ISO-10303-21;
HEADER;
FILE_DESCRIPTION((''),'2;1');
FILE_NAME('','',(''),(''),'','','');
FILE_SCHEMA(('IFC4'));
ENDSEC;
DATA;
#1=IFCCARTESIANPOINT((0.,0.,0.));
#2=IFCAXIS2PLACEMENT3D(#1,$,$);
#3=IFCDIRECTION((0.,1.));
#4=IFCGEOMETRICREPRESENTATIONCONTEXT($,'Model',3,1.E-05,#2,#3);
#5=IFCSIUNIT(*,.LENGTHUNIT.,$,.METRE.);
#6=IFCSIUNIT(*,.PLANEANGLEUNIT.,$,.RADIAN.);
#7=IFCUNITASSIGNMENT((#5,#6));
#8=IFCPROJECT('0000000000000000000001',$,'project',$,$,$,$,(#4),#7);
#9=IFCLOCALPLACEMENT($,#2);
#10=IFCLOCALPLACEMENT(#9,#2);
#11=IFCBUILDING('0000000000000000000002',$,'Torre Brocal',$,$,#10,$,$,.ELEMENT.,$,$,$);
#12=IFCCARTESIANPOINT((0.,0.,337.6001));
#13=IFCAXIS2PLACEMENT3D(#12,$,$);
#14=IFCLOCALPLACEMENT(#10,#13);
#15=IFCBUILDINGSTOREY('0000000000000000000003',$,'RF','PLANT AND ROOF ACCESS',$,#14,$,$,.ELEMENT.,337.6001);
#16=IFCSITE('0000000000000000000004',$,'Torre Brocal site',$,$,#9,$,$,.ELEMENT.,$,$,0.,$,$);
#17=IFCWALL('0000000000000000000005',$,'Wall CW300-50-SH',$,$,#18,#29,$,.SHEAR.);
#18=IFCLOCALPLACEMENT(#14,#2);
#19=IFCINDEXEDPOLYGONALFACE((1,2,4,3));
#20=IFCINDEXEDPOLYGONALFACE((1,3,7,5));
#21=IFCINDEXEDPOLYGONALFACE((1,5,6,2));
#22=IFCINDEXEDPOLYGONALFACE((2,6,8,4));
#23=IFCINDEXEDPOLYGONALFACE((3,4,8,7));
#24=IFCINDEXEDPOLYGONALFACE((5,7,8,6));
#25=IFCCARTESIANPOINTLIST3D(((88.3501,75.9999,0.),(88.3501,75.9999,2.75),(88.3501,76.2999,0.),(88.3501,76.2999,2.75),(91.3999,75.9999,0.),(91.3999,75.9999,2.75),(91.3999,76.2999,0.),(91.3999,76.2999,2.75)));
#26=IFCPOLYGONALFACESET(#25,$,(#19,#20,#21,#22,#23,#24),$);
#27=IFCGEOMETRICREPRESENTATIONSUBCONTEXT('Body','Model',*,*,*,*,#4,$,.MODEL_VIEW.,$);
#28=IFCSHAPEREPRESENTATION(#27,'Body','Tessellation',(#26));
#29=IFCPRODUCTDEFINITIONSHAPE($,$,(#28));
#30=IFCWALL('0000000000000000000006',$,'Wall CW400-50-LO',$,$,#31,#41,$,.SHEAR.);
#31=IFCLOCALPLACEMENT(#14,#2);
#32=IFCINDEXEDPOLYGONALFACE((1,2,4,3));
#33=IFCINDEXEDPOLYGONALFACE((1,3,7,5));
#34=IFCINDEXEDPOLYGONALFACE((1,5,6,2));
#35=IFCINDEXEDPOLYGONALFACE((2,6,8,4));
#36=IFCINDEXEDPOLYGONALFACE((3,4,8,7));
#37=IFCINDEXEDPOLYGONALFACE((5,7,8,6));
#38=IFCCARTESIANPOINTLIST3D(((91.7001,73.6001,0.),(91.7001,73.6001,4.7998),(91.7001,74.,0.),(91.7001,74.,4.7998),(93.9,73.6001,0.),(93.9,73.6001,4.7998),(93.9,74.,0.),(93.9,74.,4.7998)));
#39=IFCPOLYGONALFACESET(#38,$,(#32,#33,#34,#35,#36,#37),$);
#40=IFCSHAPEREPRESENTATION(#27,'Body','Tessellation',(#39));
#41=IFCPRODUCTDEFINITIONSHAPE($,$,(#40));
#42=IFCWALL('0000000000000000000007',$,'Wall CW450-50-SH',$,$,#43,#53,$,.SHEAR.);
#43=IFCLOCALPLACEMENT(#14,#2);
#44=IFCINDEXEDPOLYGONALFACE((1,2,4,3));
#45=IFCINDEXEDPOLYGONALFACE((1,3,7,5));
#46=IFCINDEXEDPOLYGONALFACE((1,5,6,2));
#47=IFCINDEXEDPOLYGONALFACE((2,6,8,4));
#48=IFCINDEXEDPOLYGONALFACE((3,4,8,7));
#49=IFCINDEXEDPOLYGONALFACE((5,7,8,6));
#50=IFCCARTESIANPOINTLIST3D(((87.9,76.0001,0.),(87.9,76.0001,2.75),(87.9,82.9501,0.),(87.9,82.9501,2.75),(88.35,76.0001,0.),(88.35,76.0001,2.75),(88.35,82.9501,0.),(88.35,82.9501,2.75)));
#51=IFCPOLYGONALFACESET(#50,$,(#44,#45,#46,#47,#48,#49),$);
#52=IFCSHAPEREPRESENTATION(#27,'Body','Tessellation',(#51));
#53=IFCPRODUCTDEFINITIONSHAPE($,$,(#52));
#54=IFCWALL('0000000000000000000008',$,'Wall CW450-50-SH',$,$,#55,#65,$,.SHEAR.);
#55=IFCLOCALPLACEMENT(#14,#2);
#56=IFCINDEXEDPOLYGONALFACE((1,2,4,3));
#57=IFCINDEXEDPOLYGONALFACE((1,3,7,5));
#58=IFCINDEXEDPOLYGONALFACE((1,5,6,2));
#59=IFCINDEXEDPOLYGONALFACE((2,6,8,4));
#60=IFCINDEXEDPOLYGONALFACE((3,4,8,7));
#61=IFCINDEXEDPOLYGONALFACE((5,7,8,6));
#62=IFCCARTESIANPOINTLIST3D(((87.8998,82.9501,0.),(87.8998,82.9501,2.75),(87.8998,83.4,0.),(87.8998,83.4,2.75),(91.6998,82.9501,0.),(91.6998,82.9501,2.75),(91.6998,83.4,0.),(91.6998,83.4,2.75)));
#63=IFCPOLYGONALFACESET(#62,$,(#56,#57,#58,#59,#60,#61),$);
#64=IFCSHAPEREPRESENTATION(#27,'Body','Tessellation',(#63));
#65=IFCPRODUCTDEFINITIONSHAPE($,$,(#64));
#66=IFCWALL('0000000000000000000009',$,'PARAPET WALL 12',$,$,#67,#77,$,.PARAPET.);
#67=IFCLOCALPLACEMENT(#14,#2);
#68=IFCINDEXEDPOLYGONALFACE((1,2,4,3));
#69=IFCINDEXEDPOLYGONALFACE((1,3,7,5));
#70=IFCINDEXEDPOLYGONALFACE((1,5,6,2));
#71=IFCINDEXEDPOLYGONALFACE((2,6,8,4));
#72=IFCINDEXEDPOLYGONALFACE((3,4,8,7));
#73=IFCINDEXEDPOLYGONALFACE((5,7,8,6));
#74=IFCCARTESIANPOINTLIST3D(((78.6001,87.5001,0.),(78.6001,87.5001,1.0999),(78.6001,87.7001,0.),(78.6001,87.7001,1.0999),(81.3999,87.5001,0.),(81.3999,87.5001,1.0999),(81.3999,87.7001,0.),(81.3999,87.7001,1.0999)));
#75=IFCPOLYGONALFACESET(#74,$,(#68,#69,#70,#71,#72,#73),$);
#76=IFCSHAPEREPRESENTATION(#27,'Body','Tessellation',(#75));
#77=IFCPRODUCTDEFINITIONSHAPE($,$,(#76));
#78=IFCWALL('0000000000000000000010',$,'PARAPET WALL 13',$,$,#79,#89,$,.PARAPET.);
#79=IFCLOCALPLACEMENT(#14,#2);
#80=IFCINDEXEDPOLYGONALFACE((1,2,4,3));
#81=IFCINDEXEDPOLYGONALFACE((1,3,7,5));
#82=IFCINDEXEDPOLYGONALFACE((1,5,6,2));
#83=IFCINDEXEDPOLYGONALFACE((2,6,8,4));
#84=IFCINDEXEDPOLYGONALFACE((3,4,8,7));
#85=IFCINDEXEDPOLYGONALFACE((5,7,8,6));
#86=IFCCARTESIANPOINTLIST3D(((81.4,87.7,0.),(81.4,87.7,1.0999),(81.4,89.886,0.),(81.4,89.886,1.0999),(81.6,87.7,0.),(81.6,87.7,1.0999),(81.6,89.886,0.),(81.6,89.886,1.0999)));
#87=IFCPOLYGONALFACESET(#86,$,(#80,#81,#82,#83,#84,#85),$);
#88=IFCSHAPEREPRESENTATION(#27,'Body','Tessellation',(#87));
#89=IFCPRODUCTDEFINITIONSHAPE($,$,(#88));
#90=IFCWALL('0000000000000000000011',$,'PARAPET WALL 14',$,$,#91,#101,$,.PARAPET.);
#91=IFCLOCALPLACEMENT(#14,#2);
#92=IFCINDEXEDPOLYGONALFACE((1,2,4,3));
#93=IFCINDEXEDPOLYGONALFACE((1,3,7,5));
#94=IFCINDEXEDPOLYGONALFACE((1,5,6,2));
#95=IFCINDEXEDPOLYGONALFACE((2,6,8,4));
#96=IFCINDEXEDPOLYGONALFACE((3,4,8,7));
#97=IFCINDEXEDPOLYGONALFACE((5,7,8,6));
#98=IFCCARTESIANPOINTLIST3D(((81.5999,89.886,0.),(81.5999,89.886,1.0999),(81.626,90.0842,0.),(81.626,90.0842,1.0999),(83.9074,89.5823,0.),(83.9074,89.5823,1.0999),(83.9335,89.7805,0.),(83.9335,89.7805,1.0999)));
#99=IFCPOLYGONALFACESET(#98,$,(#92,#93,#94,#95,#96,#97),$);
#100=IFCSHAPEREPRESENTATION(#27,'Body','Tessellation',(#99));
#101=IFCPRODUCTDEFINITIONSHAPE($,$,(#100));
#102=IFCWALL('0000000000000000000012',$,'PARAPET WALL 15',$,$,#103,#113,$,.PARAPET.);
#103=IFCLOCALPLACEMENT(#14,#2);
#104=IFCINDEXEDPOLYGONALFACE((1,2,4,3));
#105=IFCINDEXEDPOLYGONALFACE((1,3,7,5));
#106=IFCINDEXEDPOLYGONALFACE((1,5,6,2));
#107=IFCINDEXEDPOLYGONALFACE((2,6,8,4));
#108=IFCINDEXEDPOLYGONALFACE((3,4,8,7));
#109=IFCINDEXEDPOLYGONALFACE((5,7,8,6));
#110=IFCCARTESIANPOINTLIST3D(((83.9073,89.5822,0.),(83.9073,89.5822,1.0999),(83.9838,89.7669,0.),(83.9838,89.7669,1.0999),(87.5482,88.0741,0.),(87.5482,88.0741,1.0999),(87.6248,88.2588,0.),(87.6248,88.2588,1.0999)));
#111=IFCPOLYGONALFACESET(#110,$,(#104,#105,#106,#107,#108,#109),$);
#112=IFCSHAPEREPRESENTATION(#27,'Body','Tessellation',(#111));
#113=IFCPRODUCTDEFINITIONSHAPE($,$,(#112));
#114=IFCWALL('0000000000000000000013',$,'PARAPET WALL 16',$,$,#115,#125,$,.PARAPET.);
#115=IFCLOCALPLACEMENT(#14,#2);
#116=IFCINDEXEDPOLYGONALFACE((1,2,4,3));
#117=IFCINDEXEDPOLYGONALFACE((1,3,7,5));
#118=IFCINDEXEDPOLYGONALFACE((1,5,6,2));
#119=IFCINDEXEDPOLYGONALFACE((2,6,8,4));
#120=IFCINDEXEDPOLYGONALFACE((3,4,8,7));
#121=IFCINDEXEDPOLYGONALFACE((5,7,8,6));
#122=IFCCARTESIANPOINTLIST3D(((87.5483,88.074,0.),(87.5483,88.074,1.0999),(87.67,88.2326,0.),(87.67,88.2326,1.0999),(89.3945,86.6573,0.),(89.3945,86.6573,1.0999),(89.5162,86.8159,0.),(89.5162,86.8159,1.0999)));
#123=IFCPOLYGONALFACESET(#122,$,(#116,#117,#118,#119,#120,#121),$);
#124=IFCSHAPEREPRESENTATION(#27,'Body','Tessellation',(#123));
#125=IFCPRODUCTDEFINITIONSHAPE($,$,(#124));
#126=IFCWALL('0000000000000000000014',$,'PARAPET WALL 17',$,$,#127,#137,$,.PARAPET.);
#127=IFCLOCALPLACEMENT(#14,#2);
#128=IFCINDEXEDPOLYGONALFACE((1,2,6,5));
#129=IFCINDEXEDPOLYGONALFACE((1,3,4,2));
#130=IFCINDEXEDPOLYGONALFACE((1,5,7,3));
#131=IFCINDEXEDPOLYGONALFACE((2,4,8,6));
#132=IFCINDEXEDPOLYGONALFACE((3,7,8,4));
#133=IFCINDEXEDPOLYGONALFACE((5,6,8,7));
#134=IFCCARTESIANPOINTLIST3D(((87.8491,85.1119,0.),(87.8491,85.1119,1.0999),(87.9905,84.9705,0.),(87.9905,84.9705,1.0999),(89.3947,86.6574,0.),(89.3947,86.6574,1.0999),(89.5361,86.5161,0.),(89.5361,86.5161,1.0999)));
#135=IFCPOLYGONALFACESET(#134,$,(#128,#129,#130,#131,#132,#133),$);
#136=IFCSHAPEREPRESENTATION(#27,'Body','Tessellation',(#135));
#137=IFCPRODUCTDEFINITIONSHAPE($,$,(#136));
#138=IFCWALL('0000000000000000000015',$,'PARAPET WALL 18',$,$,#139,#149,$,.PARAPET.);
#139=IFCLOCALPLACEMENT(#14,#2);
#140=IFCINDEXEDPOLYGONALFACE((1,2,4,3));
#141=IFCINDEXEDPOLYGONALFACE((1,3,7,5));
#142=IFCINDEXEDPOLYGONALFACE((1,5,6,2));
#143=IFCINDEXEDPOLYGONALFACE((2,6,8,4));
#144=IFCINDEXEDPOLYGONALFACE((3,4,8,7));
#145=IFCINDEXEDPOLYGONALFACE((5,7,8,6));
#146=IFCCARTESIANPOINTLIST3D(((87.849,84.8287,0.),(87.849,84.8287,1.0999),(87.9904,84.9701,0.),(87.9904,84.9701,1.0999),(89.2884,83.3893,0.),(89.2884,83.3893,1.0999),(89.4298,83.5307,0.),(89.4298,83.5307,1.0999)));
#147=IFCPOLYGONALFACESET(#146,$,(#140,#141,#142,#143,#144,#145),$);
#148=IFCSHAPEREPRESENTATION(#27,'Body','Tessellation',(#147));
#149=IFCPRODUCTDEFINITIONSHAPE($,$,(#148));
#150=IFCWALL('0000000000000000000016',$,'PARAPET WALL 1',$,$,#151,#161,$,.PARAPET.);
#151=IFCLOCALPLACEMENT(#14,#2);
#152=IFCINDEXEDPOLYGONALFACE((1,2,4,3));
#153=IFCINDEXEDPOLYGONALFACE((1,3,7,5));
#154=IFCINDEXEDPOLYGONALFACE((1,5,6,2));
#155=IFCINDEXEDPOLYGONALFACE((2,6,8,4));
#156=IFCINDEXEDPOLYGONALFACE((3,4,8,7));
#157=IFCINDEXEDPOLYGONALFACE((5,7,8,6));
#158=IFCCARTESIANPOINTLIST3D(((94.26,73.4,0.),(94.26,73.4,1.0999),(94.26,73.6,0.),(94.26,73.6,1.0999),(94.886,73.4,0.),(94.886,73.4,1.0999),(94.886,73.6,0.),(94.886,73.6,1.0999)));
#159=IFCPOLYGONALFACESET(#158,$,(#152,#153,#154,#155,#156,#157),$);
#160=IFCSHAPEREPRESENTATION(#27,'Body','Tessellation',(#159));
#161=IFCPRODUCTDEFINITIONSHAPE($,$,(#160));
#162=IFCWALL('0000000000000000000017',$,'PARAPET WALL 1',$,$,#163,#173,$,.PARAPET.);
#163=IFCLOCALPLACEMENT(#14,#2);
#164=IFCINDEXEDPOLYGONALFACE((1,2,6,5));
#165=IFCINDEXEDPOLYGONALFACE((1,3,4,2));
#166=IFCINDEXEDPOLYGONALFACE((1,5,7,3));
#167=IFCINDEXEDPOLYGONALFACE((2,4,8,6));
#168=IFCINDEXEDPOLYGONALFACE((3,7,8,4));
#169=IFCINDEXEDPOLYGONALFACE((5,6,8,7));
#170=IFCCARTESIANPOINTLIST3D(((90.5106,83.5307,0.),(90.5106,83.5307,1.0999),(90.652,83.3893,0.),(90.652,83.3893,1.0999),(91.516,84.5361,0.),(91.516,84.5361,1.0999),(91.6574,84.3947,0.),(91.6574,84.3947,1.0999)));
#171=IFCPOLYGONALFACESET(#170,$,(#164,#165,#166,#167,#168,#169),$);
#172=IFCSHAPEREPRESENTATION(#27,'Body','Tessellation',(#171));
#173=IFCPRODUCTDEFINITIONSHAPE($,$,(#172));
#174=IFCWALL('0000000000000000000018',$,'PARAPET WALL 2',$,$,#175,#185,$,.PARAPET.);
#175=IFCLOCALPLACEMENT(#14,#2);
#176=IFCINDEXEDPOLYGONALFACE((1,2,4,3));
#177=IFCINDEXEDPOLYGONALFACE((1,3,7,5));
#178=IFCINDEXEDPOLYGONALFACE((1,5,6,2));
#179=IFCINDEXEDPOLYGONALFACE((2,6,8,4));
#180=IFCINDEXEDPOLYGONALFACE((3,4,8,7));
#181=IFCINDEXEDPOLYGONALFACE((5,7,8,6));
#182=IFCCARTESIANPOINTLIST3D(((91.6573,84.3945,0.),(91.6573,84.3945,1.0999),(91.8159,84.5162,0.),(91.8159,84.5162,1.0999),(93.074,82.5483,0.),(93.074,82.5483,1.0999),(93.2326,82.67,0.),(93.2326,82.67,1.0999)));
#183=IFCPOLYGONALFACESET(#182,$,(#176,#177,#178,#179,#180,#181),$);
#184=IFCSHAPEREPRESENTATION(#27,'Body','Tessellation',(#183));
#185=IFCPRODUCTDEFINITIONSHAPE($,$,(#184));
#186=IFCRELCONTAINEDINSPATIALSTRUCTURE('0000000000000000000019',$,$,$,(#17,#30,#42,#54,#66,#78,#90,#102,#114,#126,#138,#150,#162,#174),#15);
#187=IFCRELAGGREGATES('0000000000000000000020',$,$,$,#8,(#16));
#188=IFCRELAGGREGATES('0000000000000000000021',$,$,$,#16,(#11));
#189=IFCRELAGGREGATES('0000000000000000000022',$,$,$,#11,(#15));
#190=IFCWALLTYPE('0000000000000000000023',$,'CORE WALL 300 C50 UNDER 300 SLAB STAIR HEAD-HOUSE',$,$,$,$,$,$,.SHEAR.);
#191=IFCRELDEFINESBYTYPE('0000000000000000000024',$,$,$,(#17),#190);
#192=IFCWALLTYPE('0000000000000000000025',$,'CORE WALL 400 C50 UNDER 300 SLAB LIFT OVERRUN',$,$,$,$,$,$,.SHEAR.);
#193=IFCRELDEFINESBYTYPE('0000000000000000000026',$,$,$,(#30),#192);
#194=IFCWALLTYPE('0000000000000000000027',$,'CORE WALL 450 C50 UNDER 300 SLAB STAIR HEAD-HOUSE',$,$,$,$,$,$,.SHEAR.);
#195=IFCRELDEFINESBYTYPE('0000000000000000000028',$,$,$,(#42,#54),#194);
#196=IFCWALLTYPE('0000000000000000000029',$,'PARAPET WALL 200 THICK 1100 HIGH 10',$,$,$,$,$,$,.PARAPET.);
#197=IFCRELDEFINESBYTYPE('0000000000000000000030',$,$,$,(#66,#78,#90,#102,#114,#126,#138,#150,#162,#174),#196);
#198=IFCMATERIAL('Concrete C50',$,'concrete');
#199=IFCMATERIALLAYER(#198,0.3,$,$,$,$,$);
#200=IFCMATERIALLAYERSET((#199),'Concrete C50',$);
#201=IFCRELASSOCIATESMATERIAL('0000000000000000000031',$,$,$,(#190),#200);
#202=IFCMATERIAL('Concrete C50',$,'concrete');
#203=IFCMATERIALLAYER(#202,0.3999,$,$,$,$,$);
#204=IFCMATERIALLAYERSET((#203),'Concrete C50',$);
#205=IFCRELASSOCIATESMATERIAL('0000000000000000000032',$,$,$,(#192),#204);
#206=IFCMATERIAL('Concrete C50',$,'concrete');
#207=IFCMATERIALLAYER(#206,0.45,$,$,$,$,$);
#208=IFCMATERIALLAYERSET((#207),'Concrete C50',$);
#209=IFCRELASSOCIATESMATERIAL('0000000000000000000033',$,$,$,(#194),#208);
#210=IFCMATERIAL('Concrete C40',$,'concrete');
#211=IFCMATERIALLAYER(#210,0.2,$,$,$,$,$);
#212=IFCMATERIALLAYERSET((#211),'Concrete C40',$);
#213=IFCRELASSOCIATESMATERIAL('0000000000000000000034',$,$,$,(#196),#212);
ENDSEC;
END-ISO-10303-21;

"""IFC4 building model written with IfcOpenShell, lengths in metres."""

from ifc_helpers import new_model, si_unit, direction, frame, frame_2d, origin, place, context, subcontext, project, spatial, rectangle, extrude, material, layer, layer_set, type_object, element, save


model = new_model("IFC4")

# Units and contexts
model_context = context("Model", 3, precision=1e-05, world=origin(), true_north=direction((0.0, 1.0)))
body_context = subcontext(model_context, "Body", "Model", "MODEL_VIEW")
ifc_project = project(units=[si_unit("LENGTHUNIT", "METRE"), si_unit("PLANEANGLEUNIT", "RADIAN")], contexts=[model_context])

# Site, building, storey
site_placement = place(None, origin())
site = spatial("IfcSite", under=ifc_project, at=site_placement, Name="Torre Brocal site", CompositionType="ELEMENT", RefElevation=0.0)
building_placement = place(site_placement, origin())
building = spatial("IfcBuilding", under=site, at=building_placement, Name="Torre Brocal", CompositionType="ELEMENT")
storey_placement = place(building_placement, frame((0.0, 0.0, 337.6001)))
storey = spatial("IfcBuildingStorey", under=building, at=storey_placement, Name="RF", Description="PLANT AND ROOF ACCESS", CompositionType="ELEMENT", Elevation=337.6001)

# Shared definitions
ifc_material_1 = material(Name="Concrete C50", Category="concrete")
ifc_layer_1 = layer(ifc_material_1, 0.3)
ifc_layer_set_1 = layer_set([ifc_layer_1], Name="Concrete C50")
wall_type_1 = type_object("IfcWallType", Name="CORE WALL 300 C50 UNDER 300 SLAB STAIR HEAD-HOUSE", PredefinedType="SHEAR", material=ifc_layer_set_1)

# Walls
wall_1_placement = place(storey_placement, frame((88.3501, 76.1499, 0.0), z_axis=(0.0, 0.0, 1.0), x_axis=(1.0, 0.0, 0.0)))
element("IfcWall", 1, at=wall_1_placement, inside=storey, type_object=wall_type_1, Name="Wall CW300-50-SH", PredefinedType="SHEAR", context=body_context, shape_type="SweptSolid", body=[
    extrude(rectangle(XDim=3.0498, YDim=0.3, at=frame_2d((1.5249, 0.0))), origin(), (0.0, 0.0, 1.0), 2.75),
])
ifc_material_2 = material(Name="Concrete C50", Category="concrete")
ifc_layer_2 = layer(ifc_material_2, 0.3999)
ifc_layer_set_2 = layer_set([ifc_layer_2], Name="Concrete C50")
wall_type_2 = type_object("IfcWallType", Name="CORE WALL 400 C50 UNDER 300 SLAB LIFT OVERRUN", PredefinedType="SHEAR", material=ifc_layer_set_2)
wall_2_placement = place(storey_placement, frame((91.7, 73.8, 0.0), z_axis=(0.0, 0.0, 1.0), x_axis=(1.0, 0.0, 0.0)))
element("IfcWall", 2, at=wall_2_placement, inside=storey, type_object=wall_type_2, Name="Wall CW400-50-LO", PredefinedType="SHEAR", context=body_context, shape_type="SweptSolid", body=[
    extrude(rectangle(XDim=2.2, YDim=0.3999, at=frame_2d((1.1001, 0.0))), origin(), (0.0, 0.0, 1.0), 4.7998),
])
ifc_material_3 = material(Name="Concrete C50", Category="concrete")
ifc_layer_3 = layer(ifc_material_3, 0.45)
ifc_layer_set_3 = layer_set([ifc_layer_3], Name="Concrete C50")
wall_type_3 = type_object("IfcWallType", Name="CORE WALL 450 C50 UNDER 300 SLAB STAIR HEAD-HOUSE", PredefinedType="SHEAR", material=ifc_layer_set_3)
wall_3_placement = place(storey_placement, frame((88.125, 76.0, 0.0), z_axis=(0.0, 0.0, 1.0), x_axis=(0.0, 1.0, 0.0)))
element("IfcWall", 3, at=wall_3_placement, inside=storey, type_object=wall_type_3, Name="Wall CW450-50-SH", PredefinedType="SHEAR", context=body_context, shape_type="SweptSolid", body=[
    extrude(rectangle(XDim=6.95, YDim=0.45, at=frame_2d((3.4751, 0.0))), origin(), (0.0, 0.0, 1.0), 2.75),
])
wall_4_placement = place(storey_placement, frame((87.8999, 83.175, 0.0), z_axis=(0.0, 0.0, 1.0), x_axis=(1.0, 0.0, 0.0)))
element("IfcWall", 4, at=wall_4_placement, inside=storey, type_object=wall_type_3, Name="Wall CW450-50-SH", PredefinedType="SHEAR", context=body_context, shape_type="SweptSolid", body=[
    extrude(rectangle(XDim=3.8, YDim=0.45, at=frame_2d((1.8999, 0.0))), origin(), (0.0, 0.0, 1.0), 2.75),
])
ifc_material_4 = material(Name="Concrete C40", Category="concrete")
ifc_layer_4 = layer(ifc_material_4, 0.2)
ifc_layer_set_4 = layer_set([ifc_layer_4], Name="Concrete C40")
wall_type_4 = type_object("IfcWallType", Name="PARAPET WALL 200 THICK 1100 HIGH 10", PredefinedType="PARAPET", material=ifc_layer_set_4)
wall_5_placement = place(storey_placement, frame((78.6001, 87.6001, 0.0), z_axis=(0.0, 0.0, 1.0), x_axis=(1.0, 0.0, 0.0)))
element("IfcWall", 5, at=wall_5_placement, inside=storey, type_object=wall_type_4, Name="PARAPET WALL 12", PredefinedType="PARAPET", context=body_context, shape_type="SweptSolid", body=[
    extrude(rectangle(XDim=2.7998, YDim=0.2, at=frame_2d((1.3999, 0.0))), origin(), (0.0, 0.0, 1.0), 1.0999),
])
wall_6_placement = place(storey_placement, frame((81.5, 87.7, 0.0), z_axis=(0.0, 0.0, 1.0), x_axis=(0.0, 1.0, 0.0)))
element("IfcWall", 6, at=wall_6_placement, inside=storey, type_object=wall_type_4, Name="PARAPET WALL 13", PredefinedType="PARAPET", context=body_context, shape_type="SweptSolid", body=[
    extrude(rectangle(XDim=2.186, YDim=0.2, at=frame_2d((1.093, 0.0))), origin(), (0.0, 0.0, 1.0), 1.0999),
])
wall_7_placement = place(storey_placement, frame((81.613, 89.9851, 0.0), z_axis=(0.0, 0.0, 1.0), x_axis=(0.991448, -0.130501, 0.0)))
element("IfcWall", 7, at=wall_7_placement, inside=storey, type_object=wall_type_4, Name="PARAPET WALL 14", PredefinedType="PARAPET", context=body_context, shape_type="SweptSolid", body=[
    extrude(rectangle(XDim=2.3274, YDim=0.2, at=frame_2d((1.1636, 0.0))), origin(), (0.0, 0.0, 1.0), 1.0999),
])
wall_8_placement = place(storey_placement, frame((83.9456, 89.6746, 0.0), z_axis=(0.0, 0.0, 1.0), x_axis=(0.923883, -0.382675, 0.0)))
element("IfcWall", 8, at=wall_8_placement, inside=storey, type_object=wall_type_4, Name="PARAPET WALL 15", PredefinedType="PARAPET", context=body_context, shape_type="SweptSolid", body=[
    extrude(rectangle(XDim=3.9409, YDim=0.2, at=frame_2d((1.9705, 0.0))), origin(), (0.0, 0.0, 1.0), 1.0999),
])
wall_9_placement = place(storey_placement, frame((87.6091, 88.1533, 0.0), z_axis=(0.0, 0.0, 1.0), x_axis=(0.793329, -0.608793, 0.0)))
element("IfcWall", 9, at=wall_9_placement, inside=storey, type_object=wall_type_4, Name="PARAPET WALL 16", PredefinedType="PARAPET", context=body_context, shape_type="SweptSolid", body=[
    extrude(rectangle(XDim=2.3271, YDim=0.2, at=frame_2d((1.1636, 0.0))), origin(), (0.0, 0.0, 1.0), 1.0999),
])
wall_10_placement = place(storey_placement, frame((89.4653, 86.5867, 0.0), z_axis=(0.0, 0.0, 1.0), x_axis=(-0.707107, -0.707107, 0.0)))
element("IfcWall", 10, at=wall_10_placement, inside=storey, type_object=wall_type_4, Name="PARAPET WALL 17", PredefinedType="PARAPET", context=body_context, shape_type="SweptSolid", body=[
    extrude(rectangle(XDim=2.1858, YDim=0.2, at=frame_2d((1.0928, 0.0))), origin(), (0.0, 0.0, 1.0), 1.0999),
])
wall_11_placement = place(storey_placement, frame((87.9197, 84.8994, 0.0), z_axis=(0.0, 0.0, 1.0), x_axis=(0.707107, -0.707107, 0.0)))
element("IfcWall", 11, at=wall_11_placement, inside=storey, type_object=wall_type_4, Name="PARAPET WALL 18", PredefinedType="PARAPET", context=body_context, shape_type="SweptSolid", body=[
    extrude(rectangle(XDim=2.0356, YDim=0.2, at=frame_2d((1.0178, 0.0))), origin(), (0.0, 0.0, 1.0), 1.0999),
])
wall_12_placement = place(storey_placement, frame((94.26, 73.5, 0.0), z_axis=(0.0, 0.0, 1.0), x_axis=(1.0, 0.0, 0.0)))
element("IfcWall", 12, at=wall_12_placement, inside=storey, type_object=wall_type_4, Name="PARAPET WALL 1", PredefinedType="PARAPET", context=body_context, shape_type="SweptSolid", body=[
    extrude(rectangle(XDim=0.626, YDim=0.2, at=frame_2d((0.313, 0.0))), origin(), (0.0, 0.0, 1.0), 1.0999),
])
wall_13_placement = place(storey_placement, frame((90.5813, 83.46, 0.0), z_axis=(0.0, 0.0, 1.0), x_axis=(0.707107, 0.707107, 0.0)))
element("IfcWall", 13, at=wall_13_placement, inside=storey, type_object=wall_type_4, Name="PARAPET WALL 1", PredefinedType="PARAPET", context=body_context, shape_type="SweptSolid", body=[
    extrude(rectangle(XDim=1.4219, YDim=0.2, at=frame_2d((0.7109, 0.0))), origin(), (0.0, 0.0, 1.0), 1.0999),
])
wall_14_placement = place(storey_placement, frame((91.7366, 84.4553, 0.0), z_axis=(0.0, 0.0, 1.0), x_axis=(0.608793, -0.793329, 0.0)))
element("IfcWall", 14, at=wall_14_placement, inside=storey, type_object=wall_type_4, Name="PARAPET WALL 2", PredefinedType="PARAPET", context=body_context, shape_type="SweptSolid", body=[
    extrude(rectangle(XDim=2.3271, YDim=0.2, at=frame_2d((1.1636, 0.0))), origin(), (0.0, 0.0, 1.0), 1.0999),
])

save(model, "model.ifc")
